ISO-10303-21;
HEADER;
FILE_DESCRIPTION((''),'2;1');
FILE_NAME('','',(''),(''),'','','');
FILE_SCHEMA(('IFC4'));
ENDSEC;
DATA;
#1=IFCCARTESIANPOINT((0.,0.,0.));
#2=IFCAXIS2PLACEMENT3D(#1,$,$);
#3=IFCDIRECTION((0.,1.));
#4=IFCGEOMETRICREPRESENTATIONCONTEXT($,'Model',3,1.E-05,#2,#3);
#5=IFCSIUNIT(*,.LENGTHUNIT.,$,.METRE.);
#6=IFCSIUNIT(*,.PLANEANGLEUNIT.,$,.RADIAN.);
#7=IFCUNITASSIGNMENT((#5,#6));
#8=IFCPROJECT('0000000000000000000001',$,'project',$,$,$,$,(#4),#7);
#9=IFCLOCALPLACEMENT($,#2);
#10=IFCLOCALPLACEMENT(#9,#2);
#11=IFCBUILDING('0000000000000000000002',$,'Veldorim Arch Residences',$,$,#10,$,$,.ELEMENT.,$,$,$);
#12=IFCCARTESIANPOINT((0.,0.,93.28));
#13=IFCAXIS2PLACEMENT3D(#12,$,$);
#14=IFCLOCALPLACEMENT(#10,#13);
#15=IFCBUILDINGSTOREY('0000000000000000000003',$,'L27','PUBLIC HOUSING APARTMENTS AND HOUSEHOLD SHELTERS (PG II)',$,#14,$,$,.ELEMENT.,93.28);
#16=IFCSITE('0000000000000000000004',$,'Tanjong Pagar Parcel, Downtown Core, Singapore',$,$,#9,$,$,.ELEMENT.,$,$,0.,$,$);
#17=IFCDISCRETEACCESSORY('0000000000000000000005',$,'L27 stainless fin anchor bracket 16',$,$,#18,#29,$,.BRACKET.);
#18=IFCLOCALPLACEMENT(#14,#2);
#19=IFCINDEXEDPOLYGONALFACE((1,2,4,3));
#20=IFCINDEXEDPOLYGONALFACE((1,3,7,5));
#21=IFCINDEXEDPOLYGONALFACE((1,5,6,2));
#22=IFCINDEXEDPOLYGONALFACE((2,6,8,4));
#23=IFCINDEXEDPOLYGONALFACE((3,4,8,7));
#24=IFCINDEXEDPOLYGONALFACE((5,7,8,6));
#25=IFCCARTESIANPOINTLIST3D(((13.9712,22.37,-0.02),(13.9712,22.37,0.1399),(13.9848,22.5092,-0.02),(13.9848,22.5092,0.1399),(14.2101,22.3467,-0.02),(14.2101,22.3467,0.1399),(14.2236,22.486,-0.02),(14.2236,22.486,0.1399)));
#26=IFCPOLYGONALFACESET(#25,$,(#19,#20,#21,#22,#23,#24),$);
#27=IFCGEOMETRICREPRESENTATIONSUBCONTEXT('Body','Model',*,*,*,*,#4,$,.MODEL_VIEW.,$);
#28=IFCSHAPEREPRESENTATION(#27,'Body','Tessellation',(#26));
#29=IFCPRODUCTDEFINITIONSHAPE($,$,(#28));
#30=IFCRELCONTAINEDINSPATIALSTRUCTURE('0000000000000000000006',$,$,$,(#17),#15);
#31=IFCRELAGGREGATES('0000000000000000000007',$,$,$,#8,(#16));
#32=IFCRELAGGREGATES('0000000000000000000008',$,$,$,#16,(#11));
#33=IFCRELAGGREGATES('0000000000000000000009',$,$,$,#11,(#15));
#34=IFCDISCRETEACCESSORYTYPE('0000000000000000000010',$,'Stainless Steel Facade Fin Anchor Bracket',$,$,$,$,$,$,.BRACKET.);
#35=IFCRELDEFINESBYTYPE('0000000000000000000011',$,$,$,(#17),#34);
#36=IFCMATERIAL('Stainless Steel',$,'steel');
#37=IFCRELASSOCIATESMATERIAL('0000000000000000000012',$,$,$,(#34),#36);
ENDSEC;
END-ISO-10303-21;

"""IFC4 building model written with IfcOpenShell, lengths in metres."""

from ifc_helpers import new_model, si_unit, direction, frame, origin, origin_2d, place, context, subcontext, project, spatial, rectangle, extrude, material, type_object, element, save


model = new_model("IFC4")

# Units and contexts
model_context = context("Model", 3, precision=1e-05, world=origin(), true_north=direction((0.0, 1.0)))
body_context = subcontext(model_context, "Body", "Model", "MODEL_VIEW")
ifc_project = project(units=[si_unit("LENGTHUNIT", "METRE"), si_unit("PLANEANGLEUNIT", "RADIAN")], contexts=[model_context])

# Site, building, storey
site_placement = place(None, origin())
site = spatial("IfcSite", under=ifc_project, at=site_placement, Name="Tanjong Pagar Parcel, Downtown Core, Singapore", CompositionType="ELEMENT", RefElevation=0.0)
building_placement = place(site_placement, origin())
building = spatial("IfcBuilding", under=site, at=building_placement, Name="Veldorim Arch Residences", CompositionType="ELEMENT")
storey_placement = place(building_placement, frame((0.0, 0.0, 93.28)))
storey = spatial("IfcBuildingStorey", under=building, at=storey_placement, Name="L27", Description="PUBLIC HOUSING APARTMENTS AND HOUSEHOLD SHELTERS (PG II)", CompositionType="ELEMENT", Elevation=93.28)

# Discrete accessory
ifc_material_1 = material(Name="Stainless Steel", Category="steel")
discrete_accessory_type = type_object("IfcDiscreteAccessoryType", Name="Stainless Steel Facade Fin Anchor Bracket", PredefinedType="BRACKET", material=ifc_material_1)
discrete_accessory_placement = place(storey_placement, frame((14.0974, 22.428, -0.02), z_axis=(0.0, 0.0, 1.0), x_axis=(0.096888, 0.995295, 0.0)))
element("IfcDiscreteAccessory", 1, at=discrete_accessory_placement, inside=storey, type_object=discrete_accessory_type, Name="L27 stainless fin anchor bracket 16", PredefinedType="BRACKET", context=body_context, shape_type="SweptSolid", body=[
    extrude(rectangle(XDim=0.1399, YDim=0.24, at=origin_2d()), origin(), (0.0, 0.0, 1.0), 0.1599),
])

save(model, "model.ifc")
